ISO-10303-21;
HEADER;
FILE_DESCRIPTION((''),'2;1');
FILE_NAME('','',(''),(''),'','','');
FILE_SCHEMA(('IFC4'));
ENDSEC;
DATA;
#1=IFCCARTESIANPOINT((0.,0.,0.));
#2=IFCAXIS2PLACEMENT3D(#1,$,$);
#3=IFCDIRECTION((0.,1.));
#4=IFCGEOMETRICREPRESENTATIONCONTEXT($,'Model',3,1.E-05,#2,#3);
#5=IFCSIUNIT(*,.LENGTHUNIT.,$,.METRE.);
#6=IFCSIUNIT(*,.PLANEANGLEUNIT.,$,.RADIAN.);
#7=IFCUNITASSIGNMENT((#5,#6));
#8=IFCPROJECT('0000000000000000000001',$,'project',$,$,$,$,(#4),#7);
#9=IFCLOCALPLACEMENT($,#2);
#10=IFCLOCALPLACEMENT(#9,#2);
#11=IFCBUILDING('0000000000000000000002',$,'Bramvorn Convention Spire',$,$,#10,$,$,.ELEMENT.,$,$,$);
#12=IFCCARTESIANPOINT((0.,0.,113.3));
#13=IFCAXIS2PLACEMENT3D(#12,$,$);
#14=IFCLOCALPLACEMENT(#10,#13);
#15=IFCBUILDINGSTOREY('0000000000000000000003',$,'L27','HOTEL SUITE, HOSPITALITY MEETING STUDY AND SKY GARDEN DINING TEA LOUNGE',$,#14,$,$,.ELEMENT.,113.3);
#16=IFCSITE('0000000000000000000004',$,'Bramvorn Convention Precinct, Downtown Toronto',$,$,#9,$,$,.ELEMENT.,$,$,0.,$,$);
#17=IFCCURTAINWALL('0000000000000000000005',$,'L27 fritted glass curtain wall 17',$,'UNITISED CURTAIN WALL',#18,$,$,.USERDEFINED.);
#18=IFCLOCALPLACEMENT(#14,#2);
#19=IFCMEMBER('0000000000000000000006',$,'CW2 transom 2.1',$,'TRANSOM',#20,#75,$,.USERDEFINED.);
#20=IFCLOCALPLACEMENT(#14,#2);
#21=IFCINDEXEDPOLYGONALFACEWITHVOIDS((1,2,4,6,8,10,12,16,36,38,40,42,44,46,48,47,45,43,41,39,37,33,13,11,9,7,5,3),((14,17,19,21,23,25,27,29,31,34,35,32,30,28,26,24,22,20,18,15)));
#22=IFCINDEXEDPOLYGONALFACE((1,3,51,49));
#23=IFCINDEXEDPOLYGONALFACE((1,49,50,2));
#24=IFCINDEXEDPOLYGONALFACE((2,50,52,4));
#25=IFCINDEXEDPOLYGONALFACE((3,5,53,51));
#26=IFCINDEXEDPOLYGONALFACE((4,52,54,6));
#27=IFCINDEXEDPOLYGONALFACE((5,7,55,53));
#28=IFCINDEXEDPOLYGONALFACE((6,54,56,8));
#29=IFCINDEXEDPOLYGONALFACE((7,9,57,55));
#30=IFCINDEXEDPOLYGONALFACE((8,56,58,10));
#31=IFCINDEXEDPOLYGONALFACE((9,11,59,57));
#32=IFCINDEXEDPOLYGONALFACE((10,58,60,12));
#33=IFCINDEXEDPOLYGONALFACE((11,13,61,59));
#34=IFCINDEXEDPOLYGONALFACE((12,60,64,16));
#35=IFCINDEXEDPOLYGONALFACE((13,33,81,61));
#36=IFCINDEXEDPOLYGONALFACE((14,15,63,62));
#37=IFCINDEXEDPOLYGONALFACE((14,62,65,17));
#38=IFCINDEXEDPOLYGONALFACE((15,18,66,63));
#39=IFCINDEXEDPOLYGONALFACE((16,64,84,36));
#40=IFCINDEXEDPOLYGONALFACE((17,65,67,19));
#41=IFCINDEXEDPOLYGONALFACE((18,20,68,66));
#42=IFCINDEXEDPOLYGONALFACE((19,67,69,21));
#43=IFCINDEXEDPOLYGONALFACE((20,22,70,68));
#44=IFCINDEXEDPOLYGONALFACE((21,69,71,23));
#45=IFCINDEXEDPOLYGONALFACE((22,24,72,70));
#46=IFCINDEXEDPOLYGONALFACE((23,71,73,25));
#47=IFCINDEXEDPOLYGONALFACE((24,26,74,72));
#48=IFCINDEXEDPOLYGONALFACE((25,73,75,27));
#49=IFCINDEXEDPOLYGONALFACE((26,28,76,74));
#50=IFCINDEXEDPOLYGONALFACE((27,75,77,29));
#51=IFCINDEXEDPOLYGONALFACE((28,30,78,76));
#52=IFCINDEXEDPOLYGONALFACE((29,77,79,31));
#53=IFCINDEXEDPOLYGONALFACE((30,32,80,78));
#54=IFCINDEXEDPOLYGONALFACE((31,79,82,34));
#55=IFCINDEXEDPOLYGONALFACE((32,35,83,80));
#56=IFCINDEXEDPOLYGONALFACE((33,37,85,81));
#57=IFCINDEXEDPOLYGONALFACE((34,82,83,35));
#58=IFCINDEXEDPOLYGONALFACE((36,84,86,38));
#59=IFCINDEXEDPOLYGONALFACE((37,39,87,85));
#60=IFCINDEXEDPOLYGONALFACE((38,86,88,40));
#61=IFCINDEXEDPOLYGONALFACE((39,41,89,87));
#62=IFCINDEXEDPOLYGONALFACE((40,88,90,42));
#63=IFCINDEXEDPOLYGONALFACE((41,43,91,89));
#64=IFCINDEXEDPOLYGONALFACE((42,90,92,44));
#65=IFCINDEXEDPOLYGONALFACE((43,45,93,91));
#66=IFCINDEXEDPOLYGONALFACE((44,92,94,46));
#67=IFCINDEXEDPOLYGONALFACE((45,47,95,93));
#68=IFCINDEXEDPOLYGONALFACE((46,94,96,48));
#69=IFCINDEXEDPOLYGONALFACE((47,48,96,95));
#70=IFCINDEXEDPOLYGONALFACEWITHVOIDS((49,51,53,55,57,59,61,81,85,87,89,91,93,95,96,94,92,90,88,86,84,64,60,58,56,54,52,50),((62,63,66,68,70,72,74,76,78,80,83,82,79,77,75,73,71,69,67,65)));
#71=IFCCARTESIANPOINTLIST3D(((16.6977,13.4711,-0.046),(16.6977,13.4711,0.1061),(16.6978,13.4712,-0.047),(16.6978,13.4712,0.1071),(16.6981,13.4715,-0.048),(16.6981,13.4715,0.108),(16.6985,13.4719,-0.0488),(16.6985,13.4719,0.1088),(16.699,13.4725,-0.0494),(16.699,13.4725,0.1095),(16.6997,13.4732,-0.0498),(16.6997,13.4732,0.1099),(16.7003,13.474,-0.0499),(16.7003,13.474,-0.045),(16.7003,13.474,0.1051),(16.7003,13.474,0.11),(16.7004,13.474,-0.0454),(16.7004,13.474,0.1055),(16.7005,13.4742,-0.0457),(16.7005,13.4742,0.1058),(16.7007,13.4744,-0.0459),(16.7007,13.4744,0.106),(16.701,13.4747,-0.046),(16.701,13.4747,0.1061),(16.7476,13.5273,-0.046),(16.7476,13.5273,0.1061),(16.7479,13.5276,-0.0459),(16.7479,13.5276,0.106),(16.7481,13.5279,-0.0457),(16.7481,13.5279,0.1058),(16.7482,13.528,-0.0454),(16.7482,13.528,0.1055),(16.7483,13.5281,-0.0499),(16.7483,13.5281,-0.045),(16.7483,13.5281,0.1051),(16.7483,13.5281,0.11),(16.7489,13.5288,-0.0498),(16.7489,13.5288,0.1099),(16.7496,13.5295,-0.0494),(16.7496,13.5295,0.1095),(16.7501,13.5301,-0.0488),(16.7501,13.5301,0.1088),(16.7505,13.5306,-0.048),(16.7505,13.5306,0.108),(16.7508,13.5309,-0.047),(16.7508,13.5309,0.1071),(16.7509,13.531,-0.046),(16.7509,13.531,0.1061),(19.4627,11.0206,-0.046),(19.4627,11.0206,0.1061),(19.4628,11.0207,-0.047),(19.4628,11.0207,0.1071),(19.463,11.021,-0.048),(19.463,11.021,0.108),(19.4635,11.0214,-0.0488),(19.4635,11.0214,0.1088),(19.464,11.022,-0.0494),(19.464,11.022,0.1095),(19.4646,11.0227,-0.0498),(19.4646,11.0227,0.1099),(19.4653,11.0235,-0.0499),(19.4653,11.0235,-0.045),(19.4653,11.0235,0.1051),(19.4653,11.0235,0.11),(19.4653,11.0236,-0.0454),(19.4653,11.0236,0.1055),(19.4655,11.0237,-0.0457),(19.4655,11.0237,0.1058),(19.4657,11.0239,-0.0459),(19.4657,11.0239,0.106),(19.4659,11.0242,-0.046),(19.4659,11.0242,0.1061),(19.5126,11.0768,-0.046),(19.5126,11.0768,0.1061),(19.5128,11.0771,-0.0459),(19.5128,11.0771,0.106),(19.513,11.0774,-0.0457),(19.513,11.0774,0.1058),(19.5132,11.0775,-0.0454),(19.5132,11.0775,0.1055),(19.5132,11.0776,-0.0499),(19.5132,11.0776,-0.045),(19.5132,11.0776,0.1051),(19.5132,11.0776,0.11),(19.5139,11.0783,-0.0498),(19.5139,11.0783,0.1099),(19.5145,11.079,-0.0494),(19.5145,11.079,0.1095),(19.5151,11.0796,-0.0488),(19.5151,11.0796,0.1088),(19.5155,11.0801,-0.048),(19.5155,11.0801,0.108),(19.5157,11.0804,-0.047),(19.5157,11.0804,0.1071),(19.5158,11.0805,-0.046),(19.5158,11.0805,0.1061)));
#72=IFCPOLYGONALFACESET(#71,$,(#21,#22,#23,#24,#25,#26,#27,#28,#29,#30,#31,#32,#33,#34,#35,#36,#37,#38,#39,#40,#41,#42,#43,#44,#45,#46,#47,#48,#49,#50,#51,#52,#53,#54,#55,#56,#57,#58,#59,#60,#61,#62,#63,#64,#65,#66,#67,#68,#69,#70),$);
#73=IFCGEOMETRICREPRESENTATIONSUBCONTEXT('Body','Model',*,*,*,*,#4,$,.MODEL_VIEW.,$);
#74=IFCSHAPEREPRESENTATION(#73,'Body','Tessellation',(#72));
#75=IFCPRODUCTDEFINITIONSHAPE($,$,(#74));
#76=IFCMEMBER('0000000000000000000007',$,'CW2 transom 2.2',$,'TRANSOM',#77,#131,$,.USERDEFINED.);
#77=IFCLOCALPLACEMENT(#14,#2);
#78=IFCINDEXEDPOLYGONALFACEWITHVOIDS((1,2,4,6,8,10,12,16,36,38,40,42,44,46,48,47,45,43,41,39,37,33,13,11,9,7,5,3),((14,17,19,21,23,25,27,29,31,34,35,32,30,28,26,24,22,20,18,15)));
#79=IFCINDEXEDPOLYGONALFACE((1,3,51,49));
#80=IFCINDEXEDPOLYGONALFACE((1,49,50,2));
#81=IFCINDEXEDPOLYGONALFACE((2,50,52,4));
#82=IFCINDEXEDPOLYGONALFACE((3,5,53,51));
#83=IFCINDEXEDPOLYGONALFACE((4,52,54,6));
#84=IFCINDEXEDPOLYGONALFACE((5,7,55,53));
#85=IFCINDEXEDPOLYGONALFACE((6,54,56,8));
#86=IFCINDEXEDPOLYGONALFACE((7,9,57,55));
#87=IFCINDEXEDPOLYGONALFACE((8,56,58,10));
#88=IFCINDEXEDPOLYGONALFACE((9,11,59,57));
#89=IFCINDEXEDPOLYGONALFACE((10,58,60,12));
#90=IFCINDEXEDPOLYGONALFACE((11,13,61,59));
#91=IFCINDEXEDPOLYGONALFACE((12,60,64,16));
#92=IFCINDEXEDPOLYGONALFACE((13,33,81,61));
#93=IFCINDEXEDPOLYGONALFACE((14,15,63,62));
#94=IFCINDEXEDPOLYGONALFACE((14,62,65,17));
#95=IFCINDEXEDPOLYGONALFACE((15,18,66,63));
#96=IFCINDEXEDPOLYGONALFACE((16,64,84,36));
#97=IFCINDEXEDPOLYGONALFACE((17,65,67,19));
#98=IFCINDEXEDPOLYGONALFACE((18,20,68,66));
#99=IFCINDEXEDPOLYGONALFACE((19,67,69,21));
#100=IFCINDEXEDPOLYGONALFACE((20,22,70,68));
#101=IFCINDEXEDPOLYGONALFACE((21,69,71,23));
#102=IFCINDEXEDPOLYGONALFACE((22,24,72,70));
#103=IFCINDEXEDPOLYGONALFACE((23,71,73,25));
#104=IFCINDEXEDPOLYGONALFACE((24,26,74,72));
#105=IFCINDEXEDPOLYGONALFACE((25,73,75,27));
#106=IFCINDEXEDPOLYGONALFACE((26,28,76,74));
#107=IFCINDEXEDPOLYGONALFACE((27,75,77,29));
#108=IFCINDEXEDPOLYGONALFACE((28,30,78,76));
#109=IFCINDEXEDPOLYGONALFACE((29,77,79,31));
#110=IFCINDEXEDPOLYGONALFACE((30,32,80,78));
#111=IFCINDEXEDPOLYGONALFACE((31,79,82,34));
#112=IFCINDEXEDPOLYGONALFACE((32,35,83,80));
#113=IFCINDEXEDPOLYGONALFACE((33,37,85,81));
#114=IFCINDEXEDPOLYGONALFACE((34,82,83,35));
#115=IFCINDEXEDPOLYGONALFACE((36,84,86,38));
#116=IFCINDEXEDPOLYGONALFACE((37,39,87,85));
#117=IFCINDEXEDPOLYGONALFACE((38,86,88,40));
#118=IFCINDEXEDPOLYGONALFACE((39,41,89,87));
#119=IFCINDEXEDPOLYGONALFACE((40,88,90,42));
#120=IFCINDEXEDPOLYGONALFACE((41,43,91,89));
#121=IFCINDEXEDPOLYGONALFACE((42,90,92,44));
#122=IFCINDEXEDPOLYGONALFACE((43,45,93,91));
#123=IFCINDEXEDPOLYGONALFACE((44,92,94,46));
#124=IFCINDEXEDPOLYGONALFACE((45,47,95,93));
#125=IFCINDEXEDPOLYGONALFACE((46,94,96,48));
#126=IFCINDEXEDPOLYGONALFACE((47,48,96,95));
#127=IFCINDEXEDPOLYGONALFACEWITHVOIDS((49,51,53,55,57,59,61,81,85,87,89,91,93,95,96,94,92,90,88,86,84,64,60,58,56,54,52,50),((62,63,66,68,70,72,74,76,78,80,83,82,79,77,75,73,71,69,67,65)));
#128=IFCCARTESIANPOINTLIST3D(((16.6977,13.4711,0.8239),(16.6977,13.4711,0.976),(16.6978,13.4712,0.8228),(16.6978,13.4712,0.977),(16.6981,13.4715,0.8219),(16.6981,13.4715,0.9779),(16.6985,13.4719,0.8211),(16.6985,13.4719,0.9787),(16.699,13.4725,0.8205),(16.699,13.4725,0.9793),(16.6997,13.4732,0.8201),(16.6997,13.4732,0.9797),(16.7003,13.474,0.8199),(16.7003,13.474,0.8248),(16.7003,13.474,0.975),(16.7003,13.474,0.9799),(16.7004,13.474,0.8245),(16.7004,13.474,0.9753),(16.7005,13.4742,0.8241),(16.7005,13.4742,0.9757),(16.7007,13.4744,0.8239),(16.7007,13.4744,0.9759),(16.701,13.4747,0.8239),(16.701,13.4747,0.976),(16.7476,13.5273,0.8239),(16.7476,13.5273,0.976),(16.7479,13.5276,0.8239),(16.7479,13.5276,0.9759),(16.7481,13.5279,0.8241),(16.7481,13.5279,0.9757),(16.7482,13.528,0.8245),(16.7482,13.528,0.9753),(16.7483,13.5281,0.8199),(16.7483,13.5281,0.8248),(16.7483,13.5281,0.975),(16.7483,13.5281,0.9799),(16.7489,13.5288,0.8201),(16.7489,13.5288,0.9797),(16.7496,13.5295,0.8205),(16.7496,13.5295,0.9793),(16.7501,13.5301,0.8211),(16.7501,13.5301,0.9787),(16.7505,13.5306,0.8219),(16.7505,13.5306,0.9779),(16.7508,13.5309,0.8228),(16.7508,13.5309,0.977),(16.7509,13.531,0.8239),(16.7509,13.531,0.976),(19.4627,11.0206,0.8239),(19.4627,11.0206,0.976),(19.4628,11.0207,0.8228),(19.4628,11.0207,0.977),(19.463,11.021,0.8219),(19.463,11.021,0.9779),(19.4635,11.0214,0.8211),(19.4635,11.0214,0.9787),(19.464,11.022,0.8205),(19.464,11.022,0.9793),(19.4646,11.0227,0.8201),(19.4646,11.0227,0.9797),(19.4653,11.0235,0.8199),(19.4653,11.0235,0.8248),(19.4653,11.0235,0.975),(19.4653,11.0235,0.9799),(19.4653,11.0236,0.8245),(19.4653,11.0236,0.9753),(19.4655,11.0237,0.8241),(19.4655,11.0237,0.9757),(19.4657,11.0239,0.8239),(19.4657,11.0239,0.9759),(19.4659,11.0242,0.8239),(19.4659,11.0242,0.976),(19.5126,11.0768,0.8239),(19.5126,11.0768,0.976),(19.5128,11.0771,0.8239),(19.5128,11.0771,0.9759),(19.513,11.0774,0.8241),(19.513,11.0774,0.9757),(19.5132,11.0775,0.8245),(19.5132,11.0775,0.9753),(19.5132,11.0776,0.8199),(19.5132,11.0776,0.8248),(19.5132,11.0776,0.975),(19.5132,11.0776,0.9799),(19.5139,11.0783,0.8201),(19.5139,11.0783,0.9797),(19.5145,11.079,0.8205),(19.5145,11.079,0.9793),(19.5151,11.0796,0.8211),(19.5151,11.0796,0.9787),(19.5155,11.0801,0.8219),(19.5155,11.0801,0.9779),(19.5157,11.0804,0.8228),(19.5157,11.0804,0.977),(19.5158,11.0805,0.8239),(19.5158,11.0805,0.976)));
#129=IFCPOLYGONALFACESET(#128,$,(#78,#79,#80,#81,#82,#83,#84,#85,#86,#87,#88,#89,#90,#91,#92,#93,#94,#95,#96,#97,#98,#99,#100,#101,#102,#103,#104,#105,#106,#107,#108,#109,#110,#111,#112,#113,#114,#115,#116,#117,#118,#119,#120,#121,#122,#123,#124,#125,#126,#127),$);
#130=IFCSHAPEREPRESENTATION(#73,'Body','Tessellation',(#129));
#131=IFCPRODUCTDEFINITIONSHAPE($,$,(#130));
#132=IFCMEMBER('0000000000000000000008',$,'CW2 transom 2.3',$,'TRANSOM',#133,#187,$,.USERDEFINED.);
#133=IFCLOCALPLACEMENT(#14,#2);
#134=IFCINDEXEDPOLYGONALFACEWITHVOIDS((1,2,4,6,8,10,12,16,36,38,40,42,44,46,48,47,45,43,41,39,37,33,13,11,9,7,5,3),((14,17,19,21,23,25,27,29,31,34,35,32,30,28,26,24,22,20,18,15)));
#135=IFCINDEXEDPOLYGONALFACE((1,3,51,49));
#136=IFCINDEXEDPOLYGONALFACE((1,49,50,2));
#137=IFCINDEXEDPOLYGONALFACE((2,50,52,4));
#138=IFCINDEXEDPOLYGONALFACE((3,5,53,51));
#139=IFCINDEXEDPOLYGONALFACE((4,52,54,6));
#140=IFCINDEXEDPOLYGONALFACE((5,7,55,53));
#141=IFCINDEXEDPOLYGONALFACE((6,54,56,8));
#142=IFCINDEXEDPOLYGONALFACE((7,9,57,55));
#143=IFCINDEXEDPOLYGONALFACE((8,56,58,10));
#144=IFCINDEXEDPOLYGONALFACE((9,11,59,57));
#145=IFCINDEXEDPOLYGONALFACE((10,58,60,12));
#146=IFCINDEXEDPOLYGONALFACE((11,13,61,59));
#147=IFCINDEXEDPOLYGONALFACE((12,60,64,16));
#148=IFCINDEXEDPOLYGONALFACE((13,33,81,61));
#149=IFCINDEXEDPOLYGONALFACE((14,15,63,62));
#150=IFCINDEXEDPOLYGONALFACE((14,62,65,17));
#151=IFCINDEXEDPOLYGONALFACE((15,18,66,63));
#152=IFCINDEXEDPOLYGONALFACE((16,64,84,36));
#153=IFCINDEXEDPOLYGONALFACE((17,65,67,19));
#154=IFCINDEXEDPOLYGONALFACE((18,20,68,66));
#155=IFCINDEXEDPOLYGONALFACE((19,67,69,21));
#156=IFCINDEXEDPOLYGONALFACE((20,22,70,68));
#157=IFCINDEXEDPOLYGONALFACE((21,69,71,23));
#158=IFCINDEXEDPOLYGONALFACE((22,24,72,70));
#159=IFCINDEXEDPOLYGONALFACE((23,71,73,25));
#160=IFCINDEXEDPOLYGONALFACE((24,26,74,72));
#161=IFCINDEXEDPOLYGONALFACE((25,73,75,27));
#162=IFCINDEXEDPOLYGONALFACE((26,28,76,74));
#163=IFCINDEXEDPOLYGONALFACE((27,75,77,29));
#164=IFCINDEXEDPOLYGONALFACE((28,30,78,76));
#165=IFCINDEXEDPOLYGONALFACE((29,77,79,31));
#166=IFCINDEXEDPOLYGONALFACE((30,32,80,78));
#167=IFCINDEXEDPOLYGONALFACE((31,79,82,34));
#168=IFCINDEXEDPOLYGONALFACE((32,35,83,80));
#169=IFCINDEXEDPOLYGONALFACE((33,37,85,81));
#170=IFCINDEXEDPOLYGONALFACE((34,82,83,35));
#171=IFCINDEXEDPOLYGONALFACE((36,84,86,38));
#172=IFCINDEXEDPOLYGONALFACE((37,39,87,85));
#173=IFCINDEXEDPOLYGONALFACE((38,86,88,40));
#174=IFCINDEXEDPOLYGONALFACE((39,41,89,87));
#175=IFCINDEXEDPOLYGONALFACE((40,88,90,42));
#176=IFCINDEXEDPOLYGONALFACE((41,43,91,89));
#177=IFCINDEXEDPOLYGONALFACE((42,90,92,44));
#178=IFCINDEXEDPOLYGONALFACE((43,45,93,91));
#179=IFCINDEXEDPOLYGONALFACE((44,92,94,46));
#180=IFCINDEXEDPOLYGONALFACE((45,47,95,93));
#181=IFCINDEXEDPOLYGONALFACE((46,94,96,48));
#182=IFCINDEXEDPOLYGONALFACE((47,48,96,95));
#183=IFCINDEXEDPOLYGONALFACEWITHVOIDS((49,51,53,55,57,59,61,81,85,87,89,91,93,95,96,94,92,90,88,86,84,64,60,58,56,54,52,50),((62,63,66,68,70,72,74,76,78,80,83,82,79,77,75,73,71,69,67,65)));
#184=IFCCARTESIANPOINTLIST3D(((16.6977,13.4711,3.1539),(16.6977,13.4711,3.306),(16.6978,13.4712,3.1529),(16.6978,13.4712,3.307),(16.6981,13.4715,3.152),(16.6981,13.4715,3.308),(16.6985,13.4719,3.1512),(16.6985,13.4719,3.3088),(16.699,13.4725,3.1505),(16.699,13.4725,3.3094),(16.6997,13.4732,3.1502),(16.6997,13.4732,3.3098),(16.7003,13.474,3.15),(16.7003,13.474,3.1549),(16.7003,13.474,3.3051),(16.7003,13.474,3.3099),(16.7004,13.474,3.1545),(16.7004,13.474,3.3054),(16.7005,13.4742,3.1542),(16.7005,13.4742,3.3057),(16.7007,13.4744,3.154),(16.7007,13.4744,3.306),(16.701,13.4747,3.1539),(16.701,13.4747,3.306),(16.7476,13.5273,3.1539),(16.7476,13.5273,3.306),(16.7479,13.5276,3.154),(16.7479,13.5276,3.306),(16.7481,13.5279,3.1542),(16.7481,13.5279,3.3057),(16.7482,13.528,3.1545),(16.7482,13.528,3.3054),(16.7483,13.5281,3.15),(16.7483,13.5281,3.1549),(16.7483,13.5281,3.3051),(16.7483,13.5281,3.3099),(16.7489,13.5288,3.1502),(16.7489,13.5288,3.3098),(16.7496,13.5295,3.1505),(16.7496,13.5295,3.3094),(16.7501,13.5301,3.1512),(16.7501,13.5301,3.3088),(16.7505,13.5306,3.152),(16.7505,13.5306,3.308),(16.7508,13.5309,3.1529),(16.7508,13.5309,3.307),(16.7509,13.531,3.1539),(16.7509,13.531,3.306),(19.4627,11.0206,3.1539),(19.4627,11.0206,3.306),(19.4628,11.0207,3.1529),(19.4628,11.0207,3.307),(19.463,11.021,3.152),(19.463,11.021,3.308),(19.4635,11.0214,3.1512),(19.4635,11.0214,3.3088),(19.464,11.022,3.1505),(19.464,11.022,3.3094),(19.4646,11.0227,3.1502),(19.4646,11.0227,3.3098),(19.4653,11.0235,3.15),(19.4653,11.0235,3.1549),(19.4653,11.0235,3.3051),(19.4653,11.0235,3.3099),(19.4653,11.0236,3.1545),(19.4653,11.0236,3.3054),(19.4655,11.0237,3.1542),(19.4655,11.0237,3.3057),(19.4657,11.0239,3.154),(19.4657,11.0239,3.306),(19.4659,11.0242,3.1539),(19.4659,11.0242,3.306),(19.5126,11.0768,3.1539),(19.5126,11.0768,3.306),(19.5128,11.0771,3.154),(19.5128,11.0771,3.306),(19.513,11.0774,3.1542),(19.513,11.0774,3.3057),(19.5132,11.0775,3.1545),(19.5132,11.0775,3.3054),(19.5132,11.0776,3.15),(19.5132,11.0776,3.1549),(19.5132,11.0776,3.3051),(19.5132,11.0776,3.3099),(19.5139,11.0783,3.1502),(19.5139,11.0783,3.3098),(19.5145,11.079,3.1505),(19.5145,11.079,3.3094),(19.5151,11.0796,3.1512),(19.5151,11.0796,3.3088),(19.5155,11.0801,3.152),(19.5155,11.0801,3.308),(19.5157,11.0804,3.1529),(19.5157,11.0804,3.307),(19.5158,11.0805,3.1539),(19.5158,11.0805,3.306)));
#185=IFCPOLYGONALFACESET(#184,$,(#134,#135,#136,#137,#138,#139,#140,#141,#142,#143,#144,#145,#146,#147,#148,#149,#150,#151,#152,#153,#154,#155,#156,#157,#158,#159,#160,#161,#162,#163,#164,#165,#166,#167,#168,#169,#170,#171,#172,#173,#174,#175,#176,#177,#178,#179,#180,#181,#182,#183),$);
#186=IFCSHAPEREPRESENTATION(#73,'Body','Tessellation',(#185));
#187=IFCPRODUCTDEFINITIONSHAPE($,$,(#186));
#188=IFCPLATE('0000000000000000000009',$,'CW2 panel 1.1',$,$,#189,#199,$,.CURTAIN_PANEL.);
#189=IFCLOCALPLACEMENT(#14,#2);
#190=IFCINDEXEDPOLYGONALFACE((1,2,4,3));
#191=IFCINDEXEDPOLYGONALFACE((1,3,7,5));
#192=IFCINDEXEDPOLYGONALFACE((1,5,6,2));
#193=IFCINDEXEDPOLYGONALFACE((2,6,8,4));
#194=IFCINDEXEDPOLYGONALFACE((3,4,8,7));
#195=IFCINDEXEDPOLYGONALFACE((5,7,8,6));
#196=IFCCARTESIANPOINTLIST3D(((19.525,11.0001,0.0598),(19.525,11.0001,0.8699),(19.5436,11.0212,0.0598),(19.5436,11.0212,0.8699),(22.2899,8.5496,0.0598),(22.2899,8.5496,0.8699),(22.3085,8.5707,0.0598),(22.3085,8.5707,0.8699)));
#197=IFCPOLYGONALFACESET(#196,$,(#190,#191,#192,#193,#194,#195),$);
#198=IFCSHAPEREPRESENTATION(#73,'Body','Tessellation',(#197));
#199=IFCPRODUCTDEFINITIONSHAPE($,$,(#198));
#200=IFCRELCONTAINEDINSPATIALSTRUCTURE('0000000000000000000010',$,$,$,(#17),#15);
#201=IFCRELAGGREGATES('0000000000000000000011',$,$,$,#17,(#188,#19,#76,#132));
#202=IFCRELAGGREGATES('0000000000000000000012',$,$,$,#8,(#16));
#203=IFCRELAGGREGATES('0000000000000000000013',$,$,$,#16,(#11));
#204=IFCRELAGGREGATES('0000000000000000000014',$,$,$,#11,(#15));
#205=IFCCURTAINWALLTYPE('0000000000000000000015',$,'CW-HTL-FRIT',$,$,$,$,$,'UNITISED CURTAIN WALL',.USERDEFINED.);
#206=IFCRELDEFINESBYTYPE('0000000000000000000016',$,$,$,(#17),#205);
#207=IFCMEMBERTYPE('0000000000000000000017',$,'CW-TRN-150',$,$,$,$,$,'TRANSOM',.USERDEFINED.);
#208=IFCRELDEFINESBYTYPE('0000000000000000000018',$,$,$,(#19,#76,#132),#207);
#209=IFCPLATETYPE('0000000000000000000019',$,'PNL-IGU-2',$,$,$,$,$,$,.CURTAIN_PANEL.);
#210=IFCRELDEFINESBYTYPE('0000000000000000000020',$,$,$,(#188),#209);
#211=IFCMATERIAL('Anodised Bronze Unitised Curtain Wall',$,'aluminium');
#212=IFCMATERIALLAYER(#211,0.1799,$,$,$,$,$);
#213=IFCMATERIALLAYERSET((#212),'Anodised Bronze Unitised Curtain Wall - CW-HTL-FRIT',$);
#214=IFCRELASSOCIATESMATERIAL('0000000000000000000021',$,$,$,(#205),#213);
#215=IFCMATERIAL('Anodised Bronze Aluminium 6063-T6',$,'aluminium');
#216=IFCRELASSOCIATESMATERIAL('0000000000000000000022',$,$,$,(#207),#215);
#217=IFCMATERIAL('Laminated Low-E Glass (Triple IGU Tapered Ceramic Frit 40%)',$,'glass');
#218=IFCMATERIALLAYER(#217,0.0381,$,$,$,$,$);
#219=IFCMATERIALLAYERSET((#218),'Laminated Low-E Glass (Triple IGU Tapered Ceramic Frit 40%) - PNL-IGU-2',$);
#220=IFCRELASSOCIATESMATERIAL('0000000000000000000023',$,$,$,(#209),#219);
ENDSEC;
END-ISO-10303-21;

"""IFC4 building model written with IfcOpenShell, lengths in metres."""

from ifc_helpers import new_model, si_unit, direction, frame, origin, origin_2d, place, context, subcontext, project, spatial, rectangle, hollow_rectangle, extrude, material, layer, layer_set, material_profile, profile_set, type_object, element, aggregate, save


model = new_model("IFC4")

# Units and contexts
model_context = context("Model", 3, precision=1e-05, world=origin(), true_north=direction((0.0, 1.0)))
body_context = subcontext(model_context, "Body", "Model", "MODEL_VIEW")
ifc_project = project(units=[si_unit("LENGTHUNIT", "METRE"), si_unit("PLANEANGLEUNIT", "RADIAN")], contexts=[model_context])

# Site, building, storey
site_placement = place(None, origin())
site = spatial("IfcSite", under=ifc_project, at=site_placement, Name="Bramvorn Convention Precinct, Downtown Toronto", CompositionType="ELEMENT", RefElevation=0.0)
building_placement = place(site_placement, origin())
building = spatial("IfcBuilding", under=site, at=building_placement, Name="Bramvorn Convention Spire", CompositionType="ELEMENT")
storey_placement = place(building_placement, frame((0.0, 0.0, 113.3)))
storey = spatial("IfcBuildingStorey", under=building, at=storey_placement, Name="L27", Description="HOTEL SUITE, HOSPITALITY MEETING STUDY AND SKY GARDEN DINING TEA LOUNGE", CompositionType="ELEMENT", Elevation=113.3)

# Curtain wall
ifc_material_1 = material(Name="Anodised Bronze Unitised Curtain Wall", Category="aluminium")
ifc_layer_1 = layer(ifc_material_1, 0.1799)
ifc_layer_set_1 = layer_set([ifc_layer_1], Name="Anodised Bronze Unitised Curtain Wall - CW-HTL-FRIT")
curtain_wall_type = type_object("IfcCurtainWallType", Name="CW-HTL-FRIT", ElementType="UNITISED CURTAIN WALL", PredefinedType="USERDEFINED", material=ifc_layer_set_1)
curtain_wall_1_placement = place(storey_placement, origin())
curtain_wall_1 = element("IfcCurtainWall", 1, at=curtain_wall_1_placement, inside=storey, type_object=curtain_wall_type, Name="L27 fritted glass curtain wall 17", ObjectType="UNITISED CURTAIN WALL", PredefinedType="USERDEFINED")
ifc_material_2 = material(Name="Anodised Bronze Aluminium 6063-T6", Category="aluminium")

# Members
ifc_material_profile_1 = material_profile(ifc_material_2, hollow_rectangle(XDim=0.0801, YDim=0.1599, WallThickness=0.0039, InnerFilletRadius=0.001, OuterFilletRadius=0.0039, at=origin_2d()))
ifc_profile_set_1 = profile_set([ifc_material_profile_1], Name="Anodised Bronze Aluminium 6063-T6 - CWT80X160")
member_type_1 = type_object("IfcMemberType", Name="CW-TRN-150", ElementType="TRANSOM", PredefinedType="USERDEFINED", material=ifc_profile_set_1)
member_1_placement = place(storey_placement, frame((19.4893, 11.0505, 0.03), z_axis=(-0.748382, 0.663268, 0.0), x_axis=(-0.663268, -0.748382, 0.0)))
member_1 = element("IfcMember", 2, at=member_1_placement, type_object=member_type_1, Name="CW2 transom 2.1", ObjectType="TRANSOM", PredefinedType="USERDEFINED", context=body_context, shape_type="SweptSolid", body=[
    extrude(hollow_rectangle(XDim=0.0801, YDim=0.1599, WallThickness=0.0039, InnerFilletRadius=0.001, OuterFilletRadius=0.0039, at=origin_2d()), origin(), (0.0, 0.0, 1.0), 3.6946),
])
member_2_placement = place(storey_placement, frame((19.4893, 11.0505, 0.8999), z_axis=(-0.748382, 0.663268, 0.0), x_axis=(-0.663268, -0.748382, 0.0)))
member_2 = element("IfcMember", 3, at=member_2_placement, type_object=member_type_1, Name="CW2 transom 2.2", ObjectType="TRANSOM", PredefinedType="USERDEFINED", context=body_context, shape_type="SweptSolid", body=[
    extrude(hollow_rectangle(XDim=0.0801, YDim=0.1599, WallThickness=0.0039, InnerFilletRadius=0.001, OuterFilletRadius=0.0039, at=origin_2d()), origin(), (0.0, 0.0, 1.0), 3.6946),
])
member_3_placement = place(storey_placement, frame((19.4893, 11.0505, 3.23), z_axis=(-0.748382, 0.663268, 0.0), x_axis=(-0.663268, -0.748382, 0.0)))
member_3 = element("IfcMember", 4, at=member_3_placement, type_object=member_type_1, Name="CW2 transom 2.3", ObjectType="TRANSOM", PredefinedType="USERDEFINED", context=body_context, shape_type="SweptSolid", body=[
    extrude(hollow_rectangle(XDim=0.0801, YDim=0.1599, WallThickness=0.0039, InnerFilletRadius=0.001, OuterFilletRadius=0.0039, at=origin_2d()), origin(), (0.0, 0.0, 1.0), 3.6946),
])

# Plate
ifc_material_3 = material(Name="Laminated Low-E Glass (Triple IGU Tapered Ceramic Frit 40%)", Category="glass")
ifc_layer_2 = layer(ifc_material_3, 0.0381)
ifc_layer_set_2 = layer_set([ifc_layer_2], Name="Laminated Low-E Glass (Triple IGU Tapered Ceramic Frit 40%) - PNL-IGU-2")
plate_type = type_object("IfcPlateType", Name="PNL-IGU-2", PredefinedType="CURTAIN_PANEL", material=ifc_layer_set_2)
plate_1_placement = place(storey_placement, frame((20.9167, 9.7854, 0.0598), z_axis=(0.0, 0.0, 1.0), x_axis=(-0.748379, 0.663271, 0.0)))
plate_1 = element("IfcPlate", 5, at=plate_1_placement, type_object=plate_type, Name="CW2 panel 1.1", PredefinedType="CURTAIN_PANEL", context=body_context, shape_type="SweptSolid", body=[
    extrude(rectangle(XDim=3.6946, YDim=0.0281, at=origin_2d()), origin(), (0.0, 0.0, 1.0), 0.8101),
])
aggregate(curtain_wall_1, [plate_1, member_1, member_2, member_3])

save(model, "model.ifc")
